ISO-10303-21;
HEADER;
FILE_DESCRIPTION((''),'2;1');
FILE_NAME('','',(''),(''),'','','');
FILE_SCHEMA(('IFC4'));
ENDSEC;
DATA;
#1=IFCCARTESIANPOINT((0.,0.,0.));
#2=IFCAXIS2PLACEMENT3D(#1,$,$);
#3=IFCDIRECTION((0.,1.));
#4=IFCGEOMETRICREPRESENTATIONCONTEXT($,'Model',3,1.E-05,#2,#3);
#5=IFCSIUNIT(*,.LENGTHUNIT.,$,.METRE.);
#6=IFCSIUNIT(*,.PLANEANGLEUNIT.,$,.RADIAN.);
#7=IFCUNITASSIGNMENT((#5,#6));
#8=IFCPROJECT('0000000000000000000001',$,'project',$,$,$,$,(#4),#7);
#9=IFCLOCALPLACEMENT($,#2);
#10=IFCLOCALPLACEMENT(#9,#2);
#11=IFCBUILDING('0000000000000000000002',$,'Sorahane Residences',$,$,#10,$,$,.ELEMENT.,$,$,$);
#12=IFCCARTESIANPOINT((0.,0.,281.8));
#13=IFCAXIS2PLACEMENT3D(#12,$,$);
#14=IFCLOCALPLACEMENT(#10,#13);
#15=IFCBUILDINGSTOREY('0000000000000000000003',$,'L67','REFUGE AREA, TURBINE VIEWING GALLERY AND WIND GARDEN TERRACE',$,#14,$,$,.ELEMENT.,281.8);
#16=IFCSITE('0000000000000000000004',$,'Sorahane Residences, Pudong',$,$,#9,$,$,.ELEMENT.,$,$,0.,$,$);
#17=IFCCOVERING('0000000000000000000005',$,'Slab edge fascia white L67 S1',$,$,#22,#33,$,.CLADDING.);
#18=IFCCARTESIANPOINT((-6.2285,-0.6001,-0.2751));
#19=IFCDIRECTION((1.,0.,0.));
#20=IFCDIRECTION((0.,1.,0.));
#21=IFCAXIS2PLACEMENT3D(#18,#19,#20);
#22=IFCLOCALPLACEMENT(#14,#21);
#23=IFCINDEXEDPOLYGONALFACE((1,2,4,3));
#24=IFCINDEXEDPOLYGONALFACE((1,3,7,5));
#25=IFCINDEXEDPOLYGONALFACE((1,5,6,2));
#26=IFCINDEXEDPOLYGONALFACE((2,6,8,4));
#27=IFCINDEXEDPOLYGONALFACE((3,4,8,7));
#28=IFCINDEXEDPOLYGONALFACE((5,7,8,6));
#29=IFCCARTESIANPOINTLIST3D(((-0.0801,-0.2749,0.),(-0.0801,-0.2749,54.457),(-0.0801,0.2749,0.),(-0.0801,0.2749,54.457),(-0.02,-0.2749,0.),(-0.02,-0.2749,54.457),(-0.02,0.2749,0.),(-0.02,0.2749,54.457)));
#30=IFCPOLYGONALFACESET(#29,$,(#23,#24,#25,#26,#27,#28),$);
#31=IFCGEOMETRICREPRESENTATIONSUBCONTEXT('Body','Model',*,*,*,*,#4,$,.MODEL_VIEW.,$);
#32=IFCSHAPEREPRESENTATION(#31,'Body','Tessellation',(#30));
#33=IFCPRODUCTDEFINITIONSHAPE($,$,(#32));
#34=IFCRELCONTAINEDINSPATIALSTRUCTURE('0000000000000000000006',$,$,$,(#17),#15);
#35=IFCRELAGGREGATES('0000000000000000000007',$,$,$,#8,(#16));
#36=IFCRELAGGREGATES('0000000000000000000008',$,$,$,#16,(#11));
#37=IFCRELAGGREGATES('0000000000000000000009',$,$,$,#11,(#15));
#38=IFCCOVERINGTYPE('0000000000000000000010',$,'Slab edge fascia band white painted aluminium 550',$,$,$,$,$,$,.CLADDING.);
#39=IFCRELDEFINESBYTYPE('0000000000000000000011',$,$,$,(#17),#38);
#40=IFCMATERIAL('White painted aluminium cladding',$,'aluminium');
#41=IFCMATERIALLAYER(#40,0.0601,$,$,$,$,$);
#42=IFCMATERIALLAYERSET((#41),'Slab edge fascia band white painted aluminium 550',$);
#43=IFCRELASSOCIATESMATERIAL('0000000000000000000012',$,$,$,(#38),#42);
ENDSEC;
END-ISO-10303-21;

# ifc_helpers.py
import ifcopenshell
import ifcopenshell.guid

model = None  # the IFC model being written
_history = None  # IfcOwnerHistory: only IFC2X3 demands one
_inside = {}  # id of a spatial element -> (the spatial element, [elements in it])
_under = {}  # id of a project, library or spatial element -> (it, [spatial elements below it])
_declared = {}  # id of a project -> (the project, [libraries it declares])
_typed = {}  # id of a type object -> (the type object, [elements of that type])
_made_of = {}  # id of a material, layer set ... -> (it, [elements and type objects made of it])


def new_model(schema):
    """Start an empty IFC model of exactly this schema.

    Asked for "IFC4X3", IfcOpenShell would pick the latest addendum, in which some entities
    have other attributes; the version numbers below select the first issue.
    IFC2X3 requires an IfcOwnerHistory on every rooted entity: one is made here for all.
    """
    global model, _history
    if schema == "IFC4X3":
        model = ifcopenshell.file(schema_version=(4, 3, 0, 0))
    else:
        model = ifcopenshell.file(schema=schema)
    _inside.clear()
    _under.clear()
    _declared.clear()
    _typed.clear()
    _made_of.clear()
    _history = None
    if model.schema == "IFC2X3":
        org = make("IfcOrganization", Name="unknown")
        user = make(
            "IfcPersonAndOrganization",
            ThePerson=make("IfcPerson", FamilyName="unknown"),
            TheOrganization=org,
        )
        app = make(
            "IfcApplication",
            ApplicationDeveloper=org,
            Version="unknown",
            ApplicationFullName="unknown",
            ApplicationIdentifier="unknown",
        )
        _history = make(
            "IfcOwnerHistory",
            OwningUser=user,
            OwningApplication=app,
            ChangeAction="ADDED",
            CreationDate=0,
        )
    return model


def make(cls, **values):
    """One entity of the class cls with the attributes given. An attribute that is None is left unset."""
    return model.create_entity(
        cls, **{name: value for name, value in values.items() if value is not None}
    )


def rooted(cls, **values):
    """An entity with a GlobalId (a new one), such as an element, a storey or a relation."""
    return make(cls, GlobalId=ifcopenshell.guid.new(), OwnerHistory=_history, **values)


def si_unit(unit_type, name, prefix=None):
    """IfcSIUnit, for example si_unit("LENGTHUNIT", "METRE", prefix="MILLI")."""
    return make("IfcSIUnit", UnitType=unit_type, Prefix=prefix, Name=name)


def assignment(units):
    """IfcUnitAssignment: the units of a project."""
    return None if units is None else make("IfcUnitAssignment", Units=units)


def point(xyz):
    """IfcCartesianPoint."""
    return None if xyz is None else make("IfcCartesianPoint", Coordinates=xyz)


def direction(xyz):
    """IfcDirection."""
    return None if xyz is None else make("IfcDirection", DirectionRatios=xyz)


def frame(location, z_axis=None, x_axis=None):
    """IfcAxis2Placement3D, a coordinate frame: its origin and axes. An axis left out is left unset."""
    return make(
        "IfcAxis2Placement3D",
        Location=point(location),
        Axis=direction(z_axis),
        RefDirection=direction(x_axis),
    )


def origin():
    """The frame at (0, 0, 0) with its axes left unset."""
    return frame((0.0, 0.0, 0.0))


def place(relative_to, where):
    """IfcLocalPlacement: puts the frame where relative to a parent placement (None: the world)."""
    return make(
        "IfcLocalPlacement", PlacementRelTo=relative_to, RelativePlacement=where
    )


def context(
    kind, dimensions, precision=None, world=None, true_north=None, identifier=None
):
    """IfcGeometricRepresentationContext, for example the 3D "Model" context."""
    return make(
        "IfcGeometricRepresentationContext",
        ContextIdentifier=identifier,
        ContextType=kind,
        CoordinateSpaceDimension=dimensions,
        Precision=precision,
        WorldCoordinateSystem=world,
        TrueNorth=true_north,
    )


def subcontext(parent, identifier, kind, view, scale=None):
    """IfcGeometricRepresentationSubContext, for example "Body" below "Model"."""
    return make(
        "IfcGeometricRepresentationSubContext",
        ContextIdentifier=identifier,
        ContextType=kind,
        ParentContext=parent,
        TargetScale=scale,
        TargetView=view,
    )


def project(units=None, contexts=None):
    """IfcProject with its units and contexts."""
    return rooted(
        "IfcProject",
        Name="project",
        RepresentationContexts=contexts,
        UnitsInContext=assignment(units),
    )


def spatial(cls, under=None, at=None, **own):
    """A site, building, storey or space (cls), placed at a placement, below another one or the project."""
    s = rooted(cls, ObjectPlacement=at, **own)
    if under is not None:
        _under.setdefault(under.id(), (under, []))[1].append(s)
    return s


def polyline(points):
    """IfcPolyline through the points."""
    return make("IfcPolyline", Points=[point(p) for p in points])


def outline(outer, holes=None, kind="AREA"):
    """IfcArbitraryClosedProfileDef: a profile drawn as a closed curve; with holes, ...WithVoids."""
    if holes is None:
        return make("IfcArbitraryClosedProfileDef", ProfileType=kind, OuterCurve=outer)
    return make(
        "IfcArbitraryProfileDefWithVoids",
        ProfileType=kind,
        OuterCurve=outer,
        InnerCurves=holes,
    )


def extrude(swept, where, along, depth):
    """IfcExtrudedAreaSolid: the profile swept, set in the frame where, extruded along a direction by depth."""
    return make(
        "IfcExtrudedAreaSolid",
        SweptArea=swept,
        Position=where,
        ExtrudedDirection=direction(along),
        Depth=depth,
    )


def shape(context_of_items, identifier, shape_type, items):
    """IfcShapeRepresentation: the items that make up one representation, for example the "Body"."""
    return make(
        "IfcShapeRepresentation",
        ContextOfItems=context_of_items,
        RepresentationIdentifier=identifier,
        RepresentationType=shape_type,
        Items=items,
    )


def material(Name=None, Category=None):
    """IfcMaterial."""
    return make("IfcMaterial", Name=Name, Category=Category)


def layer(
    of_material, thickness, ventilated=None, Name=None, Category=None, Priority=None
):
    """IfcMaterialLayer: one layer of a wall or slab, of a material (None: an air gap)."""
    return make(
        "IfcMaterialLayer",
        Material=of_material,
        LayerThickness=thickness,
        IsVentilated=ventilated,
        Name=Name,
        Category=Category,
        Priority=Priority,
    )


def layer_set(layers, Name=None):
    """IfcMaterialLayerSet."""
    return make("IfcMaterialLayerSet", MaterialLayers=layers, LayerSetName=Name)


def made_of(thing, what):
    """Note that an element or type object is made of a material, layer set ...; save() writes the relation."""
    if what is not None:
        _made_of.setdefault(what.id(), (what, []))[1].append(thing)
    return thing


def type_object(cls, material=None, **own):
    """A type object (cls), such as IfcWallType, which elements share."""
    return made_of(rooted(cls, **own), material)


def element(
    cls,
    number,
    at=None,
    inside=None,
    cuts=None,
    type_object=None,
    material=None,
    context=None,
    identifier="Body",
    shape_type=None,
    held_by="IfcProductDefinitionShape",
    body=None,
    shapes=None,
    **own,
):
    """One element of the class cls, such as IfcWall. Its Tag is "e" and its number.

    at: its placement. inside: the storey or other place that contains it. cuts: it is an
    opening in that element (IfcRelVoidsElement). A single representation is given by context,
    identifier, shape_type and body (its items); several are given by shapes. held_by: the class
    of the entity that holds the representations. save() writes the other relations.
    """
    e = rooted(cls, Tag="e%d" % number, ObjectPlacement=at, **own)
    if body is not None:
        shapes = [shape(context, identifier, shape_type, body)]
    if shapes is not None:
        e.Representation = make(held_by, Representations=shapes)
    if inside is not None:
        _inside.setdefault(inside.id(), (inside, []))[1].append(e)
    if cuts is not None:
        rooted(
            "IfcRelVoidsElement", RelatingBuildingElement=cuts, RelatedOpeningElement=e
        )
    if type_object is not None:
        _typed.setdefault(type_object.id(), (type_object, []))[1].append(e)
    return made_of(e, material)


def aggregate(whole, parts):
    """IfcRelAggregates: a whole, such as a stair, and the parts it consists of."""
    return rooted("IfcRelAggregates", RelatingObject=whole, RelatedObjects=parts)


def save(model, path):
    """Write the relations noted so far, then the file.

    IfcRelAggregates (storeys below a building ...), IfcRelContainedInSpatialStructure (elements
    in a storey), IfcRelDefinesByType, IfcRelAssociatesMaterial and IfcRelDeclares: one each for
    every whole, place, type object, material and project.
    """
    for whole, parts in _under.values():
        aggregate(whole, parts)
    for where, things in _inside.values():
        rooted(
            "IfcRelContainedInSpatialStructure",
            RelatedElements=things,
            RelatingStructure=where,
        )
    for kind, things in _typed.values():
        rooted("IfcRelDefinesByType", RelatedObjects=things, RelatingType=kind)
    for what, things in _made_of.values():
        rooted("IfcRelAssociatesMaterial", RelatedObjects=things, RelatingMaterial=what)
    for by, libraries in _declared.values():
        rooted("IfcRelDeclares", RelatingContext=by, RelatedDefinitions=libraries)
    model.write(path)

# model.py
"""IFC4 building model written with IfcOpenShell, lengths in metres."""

from ifc_helpers import new_model, si_unit, direction, frame, origin, place, context, subcontext, project, spatial, polyline, outline, extrude, material, layer, layer_set, type_object, element, save


model = new_model("IFC4")

# Units and contexts
model_context = context("Model", 3, precision=1e-05, world=origin(), true_north=direction((0.0, 1.0)))
body_context = subcontext(model_context, "Body", "Model", "MODEL_VIEW")
ifc_project = project(units=[si_unit("LENGTHUNIT", "METRE"), si_unit("PLANEANGLEUNIT", "RADIAN")], contexts=[model_context])

# Site, building, storey
site_placement = place(None, origin())
site = spatial("IfcSite", under=ifc_project, at=site_placement, Name="Sorahane Residences, Pudong", CompositionType="ELEMENT", RefElevation=0.0)
building_placement = place(site_placement, origin())
building = spatial("IfcBuilding", under=site, at=building_placement, Name="Sorahane Residences", CompositionType="ELEMENT")
storey_placement = place(building_placement, frame((0.0, 0.0, 281.8)))
storey = spatial("IfcBuildingStorey", under=building, at=storey_placement, Name="L67", Description="REFUGE AREA, TURBINE VIEWING GALLERY AND WIND GARDEN TERRACE", CompositionType="ELEMENT", Elevation=281.8)

# Covering
ifc_material_1 = material(Name="White painted aluminium cladding", Category="aluminium")
ifc_layer_1 = layer(ifc_material_1, 0.0601)
ifc_layer_set_1 = layer_set([ifc_layer_1], Name="Slab edge fascia band white painted aluminium 550")
covering_type_1 = type_object("IfcCoveringType", Name="Slab edge fascia band white painted aluminium 550", PredefinedType="CLADDING", material=ifc_layer_set_1)
covering_1_placement = place(storey_placement, frame((-6.2285, -0.6001, -0.2751), z_axis=(1.0, 0.0, 0.0), x_axis=(0.0, 1.0, 0.0)))
element("IfcCovering", 1, at=covering_1_placement, inside=storey, type_object=covering_type_1, Name="Slab edge fascia white L67 S1", PredefinedType="CLADDING", context=body_context, shape_type="SweptSolid", body=[
    extrude(outline(polyline([(-0.02, 0.2749), (-0.0801, 0.2749), (-0.0801, -0.2749), (-0.02, -0.2749), (-0.02, 0.2749)])), origin(), (0.0, 0.0, 1.0), 54.457),
])

save(model, "model.ifc")
